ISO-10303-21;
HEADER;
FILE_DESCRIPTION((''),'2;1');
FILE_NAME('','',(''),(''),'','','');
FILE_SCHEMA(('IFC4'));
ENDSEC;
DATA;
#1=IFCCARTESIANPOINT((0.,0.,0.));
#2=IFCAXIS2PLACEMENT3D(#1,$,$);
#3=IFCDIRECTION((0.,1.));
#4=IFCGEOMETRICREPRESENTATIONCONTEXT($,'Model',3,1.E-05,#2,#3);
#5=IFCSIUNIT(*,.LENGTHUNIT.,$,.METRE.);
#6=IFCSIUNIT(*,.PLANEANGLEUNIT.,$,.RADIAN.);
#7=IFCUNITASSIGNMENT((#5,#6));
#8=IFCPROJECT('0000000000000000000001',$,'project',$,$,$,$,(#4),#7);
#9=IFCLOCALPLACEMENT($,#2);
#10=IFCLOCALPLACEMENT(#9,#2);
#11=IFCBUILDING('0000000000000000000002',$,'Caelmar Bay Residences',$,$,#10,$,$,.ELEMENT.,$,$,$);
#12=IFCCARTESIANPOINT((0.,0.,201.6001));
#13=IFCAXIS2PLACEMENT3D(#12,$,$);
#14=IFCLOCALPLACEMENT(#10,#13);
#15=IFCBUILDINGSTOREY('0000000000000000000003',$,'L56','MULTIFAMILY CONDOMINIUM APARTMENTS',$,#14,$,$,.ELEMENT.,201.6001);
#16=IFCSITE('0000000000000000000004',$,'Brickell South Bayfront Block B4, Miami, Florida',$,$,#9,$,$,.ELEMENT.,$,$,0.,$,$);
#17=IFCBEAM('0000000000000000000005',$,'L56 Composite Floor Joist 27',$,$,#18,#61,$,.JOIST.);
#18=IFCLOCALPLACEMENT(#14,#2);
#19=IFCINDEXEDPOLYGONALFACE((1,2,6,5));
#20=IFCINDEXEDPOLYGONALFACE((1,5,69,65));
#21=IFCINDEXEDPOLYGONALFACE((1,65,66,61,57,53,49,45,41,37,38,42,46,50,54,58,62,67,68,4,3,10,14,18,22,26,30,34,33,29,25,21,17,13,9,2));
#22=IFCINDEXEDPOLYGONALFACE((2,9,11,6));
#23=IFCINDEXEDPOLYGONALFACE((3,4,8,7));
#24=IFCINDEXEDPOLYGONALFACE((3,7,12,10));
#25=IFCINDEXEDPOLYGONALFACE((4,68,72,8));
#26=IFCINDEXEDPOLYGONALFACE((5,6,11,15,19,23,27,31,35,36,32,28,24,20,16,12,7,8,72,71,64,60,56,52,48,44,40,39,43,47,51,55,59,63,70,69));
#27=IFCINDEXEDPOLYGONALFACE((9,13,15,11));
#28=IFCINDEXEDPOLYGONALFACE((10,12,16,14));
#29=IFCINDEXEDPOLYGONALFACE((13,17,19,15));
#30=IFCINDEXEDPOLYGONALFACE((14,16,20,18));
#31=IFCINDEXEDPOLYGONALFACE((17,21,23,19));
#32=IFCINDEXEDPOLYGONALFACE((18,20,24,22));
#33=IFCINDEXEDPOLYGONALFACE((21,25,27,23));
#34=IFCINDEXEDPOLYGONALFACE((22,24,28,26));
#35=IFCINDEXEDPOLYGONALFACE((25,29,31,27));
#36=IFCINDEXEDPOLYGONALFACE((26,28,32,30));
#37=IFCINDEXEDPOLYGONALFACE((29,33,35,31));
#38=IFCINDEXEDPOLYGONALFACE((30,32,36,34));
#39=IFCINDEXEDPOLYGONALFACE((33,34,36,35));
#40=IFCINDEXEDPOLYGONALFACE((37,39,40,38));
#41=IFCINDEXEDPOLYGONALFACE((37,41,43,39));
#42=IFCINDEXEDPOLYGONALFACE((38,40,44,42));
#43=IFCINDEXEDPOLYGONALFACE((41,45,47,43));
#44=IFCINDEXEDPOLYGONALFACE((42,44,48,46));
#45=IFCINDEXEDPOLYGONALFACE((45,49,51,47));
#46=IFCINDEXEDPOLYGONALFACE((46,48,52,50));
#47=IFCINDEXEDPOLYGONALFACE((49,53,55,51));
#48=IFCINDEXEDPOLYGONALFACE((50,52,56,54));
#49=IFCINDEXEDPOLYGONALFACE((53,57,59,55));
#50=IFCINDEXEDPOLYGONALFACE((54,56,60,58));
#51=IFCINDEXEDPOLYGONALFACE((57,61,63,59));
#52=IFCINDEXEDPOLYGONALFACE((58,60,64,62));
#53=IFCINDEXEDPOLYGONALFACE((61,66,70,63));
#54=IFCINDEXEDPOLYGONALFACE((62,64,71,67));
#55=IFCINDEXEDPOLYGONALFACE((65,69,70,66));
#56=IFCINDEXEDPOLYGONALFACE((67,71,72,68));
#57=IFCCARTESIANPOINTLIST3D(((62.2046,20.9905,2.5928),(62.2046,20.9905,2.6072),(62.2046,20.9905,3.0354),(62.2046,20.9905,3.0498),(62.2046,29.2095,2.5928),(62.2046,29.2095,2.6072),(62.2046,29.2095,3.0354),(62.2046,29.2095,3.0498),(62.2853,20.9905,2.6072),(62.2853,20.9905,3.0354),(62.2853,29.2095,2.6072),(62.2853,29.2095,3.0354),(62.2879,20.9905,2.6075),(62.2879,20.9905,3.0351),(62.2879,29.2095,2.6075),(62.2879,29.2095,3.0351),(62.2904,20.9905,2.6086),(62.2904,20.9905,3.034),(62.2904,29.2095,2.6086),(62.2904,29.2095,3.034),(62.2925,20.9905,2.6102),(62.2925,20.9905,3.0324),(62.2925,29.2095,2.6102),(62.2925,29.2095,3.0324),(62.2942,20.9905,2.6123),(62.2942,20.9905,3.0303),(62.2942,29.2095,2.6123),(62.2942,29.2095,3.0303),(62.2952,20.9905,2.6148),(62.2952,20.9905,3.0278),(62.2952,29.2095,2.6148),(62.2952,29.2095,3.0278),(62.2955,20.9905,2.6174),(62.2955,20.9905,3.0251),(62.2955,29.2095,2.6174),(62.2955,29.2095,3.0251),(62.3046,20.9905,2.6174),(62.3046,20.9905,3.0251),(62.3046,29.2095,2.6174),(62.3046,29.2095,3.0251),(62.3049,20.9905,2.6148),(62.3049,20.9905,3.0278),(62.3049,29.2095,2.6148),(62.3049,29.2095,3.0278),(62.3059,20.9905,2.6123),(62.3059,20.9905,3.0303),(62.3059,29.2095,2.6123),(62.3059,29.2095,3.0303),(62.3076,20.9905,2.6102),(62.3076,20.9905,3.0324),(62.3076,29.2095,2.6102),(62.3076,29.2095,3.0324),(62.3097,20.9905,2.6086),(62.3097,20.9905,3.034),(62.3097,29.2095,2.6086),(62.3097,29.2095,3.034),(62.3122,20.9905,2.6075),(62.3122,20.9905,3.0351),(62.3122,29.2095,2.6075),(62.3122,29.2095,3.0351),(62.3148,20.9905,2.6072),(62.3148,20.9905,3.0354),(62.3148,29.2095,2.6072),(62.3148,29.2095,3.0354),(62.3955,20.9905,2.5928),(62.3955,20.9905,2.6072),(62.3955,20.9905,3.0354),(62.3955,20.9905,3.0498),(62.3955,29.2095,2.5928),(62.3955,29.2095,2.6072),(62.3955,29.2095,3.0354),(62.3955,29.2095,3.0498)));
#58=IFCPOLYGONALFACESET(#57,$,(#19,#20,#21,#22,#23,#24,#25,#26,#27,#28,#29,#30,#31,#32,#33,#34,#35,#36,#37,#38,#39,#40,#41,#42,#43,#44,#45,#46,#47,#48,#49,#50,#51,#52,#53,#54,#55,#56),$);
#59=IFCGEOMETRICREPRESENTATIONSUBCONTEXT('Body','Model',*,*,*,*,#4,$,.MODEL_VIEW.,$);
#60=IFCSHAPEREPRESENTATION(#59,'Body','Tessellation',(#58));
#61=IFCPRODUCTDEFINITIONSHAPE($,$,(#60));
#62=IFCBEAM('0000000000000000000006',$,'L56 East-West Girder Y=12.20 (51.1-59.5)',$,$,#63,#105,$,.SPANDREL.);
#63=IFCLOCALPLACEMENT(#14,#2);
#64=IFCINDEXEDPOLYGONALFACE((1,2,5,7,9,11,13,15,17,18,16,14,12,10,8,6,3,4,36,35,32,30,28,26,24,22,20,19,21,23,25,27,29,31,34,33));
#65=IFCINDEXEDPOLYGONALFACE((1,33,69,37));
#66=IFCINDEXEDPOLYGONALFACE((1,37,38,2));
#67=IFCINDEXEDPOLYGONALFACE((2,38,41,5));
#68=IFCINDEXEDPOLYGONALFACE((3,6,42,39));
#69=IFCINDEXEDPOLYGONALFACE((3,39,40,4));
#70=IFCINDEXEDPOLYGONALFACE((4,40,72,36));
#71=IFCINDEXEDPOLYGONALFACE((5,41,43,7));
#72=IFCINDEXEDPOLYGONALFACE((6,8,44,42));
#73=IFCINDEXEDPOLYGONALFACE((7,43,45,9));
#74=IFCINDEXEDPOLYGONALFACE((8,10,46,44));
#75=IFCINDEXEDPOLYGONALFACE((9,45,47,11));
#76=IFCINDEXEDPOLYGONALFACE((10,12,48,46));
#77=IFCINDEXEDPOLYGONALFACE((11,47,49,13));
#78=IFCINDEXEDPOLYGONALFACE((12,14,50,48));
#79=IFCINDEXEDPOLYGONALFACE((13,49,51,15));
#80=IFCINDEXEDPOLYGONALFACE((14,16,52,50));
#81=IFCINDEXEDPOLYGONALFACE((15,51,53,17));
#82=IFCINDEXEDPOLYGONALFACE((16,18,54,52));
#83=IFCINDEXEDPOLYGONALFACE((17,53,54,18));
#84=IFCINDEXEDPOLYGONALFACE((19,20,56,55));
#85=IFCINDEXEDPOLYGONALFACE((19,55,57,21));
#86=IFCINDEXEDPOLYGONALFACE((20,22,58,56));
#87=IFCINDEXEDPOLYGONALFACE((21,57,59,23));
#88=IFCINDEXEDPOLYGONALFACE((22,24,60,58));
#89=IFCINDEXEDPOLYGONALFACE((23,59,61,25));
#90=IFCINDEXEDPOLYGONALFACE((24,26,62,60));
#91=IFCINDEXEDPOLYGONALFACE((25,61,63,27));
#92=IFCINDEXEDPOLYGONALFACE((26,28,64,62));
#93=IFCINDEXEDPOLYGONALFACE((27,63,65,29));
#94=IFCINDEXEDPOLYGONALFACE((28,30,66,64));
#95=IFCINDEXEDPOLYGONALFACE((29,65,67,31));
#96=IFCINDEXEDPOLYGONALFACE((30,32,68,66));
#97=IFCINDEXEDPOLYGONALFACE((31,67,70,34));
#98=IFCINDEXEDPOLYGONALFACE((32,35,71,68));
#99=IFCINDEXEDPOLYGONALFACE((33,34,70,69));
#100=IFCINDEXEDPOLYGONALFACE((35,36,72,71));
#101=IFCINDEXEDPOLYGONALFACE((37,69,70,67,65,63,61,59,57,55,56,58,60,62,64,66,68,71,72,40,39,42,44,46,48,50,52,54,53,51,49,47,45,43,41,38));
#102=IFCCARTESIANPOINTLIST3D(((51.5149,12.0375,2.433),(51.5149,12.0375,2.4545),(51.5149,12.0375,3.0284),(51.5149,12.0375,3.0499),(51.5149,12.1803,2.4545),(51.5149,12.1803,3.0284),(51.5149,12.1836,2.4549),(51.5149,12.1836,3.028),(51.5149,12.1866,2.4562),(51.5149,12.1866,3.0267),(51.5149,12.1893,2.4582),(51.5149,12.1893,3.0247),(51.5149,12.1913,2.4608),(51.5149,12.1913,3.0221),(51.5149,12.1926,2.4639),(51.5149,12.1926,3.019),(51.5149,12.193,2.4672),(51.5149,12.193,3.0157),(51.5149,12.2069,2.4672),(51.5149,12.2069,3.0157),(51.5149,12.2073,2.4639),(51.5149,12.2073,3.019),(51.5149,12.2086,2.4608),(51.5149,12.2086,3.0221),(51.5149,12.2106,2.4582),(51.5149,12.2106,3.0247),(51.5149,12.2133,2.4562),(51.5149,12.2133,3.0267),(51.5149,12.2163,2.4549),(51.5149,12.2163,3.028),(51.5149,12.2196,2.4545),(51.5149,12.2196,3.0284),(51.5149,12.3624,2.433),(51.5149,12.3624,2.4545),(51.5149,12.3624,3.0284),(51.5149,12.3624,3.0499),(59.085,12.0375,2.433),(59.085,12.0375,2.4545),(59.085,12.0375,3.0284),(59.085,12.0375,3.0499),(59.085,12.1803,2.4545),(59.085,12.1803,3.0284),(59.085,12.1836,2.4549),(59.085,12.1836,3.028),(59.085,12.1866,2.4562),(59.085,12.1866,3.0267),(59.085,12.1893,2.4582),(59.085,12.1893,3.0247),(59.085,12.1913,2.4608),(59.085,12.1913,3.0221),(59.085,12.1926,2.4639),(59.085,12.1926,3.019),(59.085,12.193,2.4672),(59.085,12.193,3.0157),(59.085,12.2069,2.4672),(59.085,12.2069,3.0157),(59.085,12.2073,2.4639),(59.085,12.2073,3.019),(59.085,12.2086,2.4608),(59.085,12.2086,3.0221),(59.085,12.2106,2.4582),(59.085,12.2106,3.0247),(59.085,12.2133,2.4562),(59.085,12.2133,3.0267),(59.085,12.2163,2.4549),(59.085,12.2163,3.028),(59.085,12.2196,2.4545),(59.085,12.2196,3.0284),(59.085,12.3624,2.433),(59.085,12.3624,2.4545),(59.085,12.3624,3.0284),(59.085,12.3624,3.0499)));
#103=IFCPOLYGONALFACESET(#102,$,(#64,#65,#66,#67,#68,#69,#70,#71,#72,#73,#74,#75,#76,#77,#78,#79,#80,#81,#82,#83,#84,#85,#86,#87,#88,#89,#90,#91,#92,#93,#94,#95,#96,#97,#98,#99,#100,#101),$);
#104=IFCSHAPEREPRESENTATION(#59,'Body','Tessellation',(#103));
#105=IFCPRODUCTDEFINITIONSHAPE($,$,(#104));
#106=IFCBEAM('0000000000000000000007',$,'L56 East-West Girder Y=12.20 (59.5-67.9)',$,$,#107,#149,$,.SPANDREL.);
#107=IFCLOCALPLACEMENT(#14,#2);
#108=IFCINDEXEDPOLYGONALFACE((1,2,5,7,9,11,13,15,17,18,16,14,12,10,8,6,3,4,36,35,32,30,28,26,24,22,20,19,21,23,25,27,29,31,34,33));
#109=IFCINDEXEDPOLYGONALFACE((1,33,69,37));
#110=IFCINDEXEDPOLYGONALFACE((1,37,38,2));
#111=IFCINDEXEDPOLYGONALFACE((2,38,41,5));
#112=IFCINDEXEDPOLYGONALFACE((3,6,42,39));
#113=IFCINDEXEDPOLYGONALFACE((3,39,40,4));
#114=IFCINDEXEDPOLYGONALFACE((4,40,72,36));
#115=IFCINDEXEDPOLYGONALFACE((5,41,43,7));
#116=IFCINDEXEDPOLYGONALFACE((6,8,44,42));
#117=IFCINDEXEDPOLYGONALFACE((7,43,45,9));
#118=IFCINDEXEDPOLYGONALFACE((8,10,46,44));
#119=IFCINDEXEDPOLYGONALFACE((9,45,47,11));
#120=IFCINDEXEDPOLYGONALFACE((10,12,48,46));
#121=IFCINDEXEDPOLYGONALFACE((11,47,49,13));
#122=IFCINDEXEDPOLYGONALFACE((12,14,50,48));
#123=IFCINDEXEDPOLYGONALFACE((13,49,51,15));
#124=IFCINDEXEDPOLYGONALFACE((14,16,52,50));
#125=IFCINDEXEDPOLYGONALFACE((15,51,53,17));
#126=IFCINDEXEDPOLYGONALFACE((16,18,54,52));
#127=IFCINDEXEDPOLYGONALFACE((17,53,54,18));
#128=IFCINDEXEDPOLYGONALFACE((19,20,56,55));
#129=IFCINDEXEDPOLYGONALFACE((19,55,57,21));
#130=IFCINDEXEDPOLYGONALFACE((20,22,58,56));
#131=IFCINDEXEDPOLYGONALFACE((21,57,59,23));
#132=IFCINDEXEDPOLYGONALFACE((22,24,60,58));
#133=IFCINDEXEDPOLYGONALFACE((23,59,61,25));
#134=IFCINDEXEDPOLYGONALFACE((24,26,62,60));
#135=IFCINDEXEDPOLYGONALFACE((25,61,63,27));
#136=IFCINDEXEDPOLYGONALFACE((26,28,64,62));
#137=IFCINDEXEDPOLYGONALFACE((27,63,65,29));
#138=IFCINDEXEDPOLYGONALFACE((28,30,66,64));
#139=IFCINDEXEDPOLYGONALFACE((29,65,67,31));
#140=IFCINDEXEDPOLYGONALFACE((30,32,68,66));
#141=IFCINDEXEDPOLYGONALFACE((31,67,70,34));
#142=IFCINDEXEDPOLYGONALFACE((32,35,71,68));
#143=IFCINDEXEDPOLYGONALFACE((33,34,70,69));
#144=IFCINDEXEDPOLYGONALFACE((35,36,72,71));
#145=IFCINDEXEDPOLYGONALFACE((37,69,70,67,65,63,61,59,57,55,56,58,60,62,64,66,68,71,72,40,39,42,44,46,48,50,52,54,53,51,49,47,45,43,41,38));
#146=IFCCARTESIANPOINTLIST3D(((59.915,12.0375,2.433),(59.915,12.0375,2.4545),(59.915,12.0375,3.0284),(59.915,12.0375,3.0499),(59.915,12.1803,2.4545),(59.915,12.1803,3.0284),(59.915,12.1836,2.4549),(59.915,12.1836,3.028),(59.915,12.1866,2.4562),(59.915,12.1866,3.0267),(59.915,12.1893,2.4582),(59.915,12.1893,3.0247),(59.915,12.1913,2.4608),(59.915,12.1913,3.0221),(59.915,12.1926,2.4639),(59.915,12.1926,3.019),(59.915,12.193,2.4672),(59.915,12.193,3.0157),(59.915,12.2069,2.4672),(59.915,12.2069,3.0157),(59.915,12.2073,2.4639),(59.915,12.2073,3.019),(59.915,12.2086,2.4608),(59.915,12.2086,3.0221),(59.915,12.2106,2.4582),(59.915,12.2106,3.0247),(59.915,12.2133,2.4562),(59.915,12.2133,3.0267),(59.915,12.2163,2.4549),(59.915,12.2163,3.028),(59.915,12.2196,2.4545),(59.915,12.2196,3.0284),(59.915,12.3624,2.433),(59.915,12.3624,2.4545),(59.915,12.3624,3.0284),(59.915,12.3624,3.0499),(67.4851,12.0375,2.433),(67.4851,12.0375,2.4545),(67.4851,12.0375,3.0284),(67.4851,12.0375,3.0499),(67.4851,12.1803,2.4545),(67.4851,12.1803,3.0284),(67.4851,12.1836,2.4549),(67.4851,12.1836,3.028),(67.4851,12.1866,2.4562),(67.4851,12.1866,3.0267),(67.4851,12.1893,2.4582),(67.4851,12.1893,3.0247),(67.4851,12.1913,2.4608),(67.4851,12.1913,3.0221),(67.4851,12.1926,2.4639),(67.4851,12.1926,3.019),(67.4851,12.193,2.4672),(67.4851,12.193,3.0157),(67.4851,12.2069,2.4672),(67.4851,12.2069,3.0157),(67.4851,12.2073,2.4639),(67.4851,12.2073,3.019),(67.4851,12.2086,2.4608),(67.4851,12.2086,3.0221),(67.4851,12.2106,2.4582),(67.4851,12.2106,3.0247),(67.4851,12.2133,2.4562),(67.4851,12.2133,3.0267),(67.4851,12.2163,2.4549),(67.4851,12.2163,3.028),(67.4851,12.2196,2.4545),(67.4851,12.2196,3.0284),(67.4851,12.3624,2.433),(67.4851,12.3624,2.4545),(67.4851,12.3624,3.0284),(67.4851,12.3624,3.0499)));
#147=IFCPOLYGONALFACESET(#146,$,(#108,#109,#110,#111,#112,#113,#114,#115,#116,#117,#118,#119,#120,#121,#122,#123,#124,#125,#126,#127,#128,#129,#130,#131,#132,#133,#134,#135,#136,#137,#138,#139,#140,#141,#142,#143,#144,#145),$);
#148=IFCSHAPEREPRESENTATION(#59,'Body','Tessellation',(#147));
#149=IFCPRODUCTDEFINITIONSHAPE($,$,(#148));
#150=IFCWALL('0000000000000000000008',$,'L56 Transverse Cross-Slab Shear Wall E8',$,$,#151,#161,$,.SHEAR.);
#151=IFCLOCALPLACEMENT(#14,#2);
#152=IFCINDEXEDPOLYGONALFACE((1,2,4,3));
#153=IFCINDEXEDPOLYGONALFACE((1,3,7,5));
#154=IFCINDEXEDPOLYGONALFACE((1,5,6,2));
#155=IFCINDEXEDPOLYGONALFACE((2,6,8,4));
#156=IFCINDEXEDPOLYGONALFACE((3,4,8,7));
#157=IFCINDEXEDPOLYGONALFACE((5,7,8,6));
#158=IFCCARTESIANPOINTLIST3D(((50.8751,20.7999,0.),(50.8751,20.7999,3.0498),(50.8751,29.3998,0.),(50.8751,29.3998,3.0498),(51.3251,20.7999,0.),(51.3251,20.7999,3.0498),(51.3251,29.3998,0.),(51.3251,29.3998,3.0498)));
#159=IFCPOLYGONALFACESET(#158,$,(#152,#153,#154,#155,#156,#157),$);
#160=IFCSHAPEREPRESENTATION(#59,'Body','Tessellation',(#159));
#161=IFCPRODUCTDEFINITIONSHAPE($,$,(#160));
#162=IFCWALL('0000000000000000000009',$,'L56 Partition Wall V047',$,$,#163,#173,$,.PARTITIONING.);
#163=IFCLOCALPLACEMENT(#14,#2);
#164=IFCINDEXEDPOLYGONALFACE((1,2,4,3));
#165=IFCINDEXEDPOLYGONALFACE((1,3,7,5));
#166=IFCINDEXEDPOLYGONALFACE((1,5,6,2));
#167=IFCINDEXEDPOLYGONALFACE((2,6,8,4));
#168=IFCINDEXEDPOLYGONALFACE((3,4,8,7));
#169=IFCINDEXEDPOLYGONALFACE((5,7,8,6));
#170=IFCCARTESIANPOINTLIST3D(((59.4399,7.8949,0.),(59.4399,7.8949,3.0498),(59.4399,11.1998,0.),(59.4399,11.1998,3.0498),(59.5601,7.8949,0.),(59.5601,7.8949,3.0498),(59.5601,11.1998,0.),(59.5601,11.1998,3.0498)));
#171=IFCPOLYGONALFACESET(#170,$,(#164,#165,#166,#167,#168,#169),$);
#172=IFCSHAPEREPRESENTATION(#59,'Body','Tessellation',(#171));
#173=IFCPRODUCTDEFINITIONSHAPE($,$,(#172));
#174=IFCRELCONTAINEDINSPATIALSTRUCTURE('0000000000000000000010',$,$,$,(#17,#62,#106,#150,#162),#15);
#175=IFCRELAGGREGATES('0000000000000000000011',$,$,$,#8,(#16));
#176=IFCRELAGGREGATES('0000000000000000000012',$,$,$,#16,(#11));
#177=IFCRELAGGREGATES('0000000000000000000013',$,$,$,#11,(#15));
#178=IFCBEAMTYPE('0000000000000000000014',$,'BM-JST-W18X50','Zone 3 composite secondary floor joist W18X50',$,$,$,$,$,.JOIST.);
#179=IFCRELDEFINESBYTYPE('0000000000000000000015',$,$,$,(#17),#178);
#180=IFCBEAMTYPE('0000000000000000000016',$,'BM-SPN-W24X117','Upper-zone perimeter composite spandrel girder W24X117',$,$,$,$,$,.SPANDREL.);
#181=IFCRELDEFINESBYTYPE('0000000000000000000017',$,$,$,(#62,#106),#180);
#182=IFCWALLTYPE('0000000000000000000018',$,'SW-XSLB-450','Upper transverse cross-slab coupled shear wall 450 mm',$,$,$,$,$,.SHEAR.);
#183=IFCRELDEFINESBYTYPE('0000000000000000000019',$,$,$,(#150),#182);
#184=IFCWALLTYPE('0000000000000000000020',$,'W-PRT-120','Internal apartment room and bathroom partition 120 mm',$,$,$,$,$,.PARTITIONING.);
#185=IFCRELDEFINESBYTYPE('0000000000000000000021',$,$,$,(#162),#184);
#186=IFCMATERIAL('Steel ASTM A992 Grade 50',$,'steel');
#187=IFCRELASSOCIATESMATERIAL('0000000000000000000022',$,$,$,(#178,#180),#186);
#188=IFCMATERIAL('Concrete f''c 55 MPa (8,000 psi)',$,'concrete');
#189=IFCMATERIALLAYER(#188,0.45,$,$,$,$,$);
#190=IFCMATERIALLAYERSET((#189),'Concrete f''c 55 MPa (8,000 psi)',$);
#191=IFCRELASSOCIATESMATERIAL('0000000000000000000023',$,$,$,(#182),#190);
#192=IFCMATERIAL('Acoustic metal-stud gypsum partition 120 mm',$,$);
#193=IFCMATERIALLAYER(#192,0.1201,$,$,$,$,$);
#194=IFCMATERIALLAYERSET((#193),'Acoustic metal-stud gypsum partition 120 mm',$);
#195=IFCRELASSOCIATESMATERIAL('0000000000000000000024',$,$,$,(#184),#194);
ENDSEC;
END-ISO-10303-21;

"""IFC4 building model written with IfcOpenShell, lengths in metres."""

from ifc_helpers import new_model, si_unit, direction, frame, frame_2d, origin, origin_2d, place, context, subcontext, project, spatial, rectangle, i_section, extrude, material, layer, layer_set, material_profile, profile_set, type_object, element, save


model = new_model("IFC4")

# Units and contexts
model_context = context("Model", 3, precision=1e-05, world=origin(), true_north=direction((0.0, 1.0)))
body_context = subcontext(model_context, "Body", "Model", "MODEL_VIEW")
ifc_project = project(units=[si_unit("LENGTHUNIT", "METRE"), si_unit("PLANEANGLEUNIT", "RADIAN")], contexts=[model_context])

# Site, building, storey
site_placement = place(None, origin())
site = spatial("IfcSite", under=ifc_project, at=site_placement, Name="Brickell South Bayfront Block B4, Miami, Florida", CompositionType="ELEMENT", RefElevation=0.0)
building_placement = place(site_placement, origin())
building = spatial("IfcBuilding", under=site, at=building_placement, Name="Caelmar Bay Residences", CompositionType="ELEMENT")
storey_placement = place(building_placement, frame((0.0, 0.0, 201.6001)))
storey = spatial("IfcBuildingStorey", under=building, at=storey_placement, Name="L56", Description="MULTIFAMILY CONDOMINIUM APARTMENTS", CompositionType="ELEMENT", Elevation=201.6001)

# Shared definitions
ifc_material_1 = material(Name="Concrete f'c 55 MPa (8,000 psi)", Category="concrete")

# Beams
ifc_material_2 = material(Name="Steel ASTM A992 Grade 50", Category="steel")
ifc_material_profile_1 = material_profile(ifc_material_2, i_section(OverallWidth=0.1909, OverallDepth=0.457, WebThickness=0.009, FlangeThickness=0.0144, FilletRadius=0.0103, at=origin_2d()), Name="W18X50")
ifc_profile_set_1 = profile_set([ifc_material_profile_1], Name="Steel ASTM A992 Grade 50")
beam_type_1 = type_object("IfcBeamType", Name="BM-JST-W18X50", Description="Zone 3 composite secondary floor joist W18X50", PredefinedType="JOIST", material=ifc_profile_set_1)
for number, where, z_axis, x_axis, name in (
    (1, (62.3, 20.9905, 2.8213), (0.0, 1.0, 0.0), (-1.0, 0.0, 0.0), "L56 Composite Floor Joist 27"),
):
    element("IfcBeam", number, at=place(storey_placement, frame(where, z_axis=z_axis, x_axis=x_axis)), inside=storey, type_object=beam_type_1, Name=name, PredefinedType="JOIST", context=body_context, shape_type="SweptSolid", body=[
        extrude(i_section(OverallWidth=0.1909, OverallDepth=0.457, WebThickness=0.009, FlangeThickness=0.0144, FilletRadius=0.0103, at=origin_2d()), origin(), (0.0, 0.0, 1.0), 8.219),
    ])
ifc_material_profile_2 = material_profile(ifc_material_2, i_section(OverallWidth=0.325, OverallDepth=0.6169, WebThickness=0.0139, FlangeThickness=0.0215, FilletRadius=0.0127, at=origin_2d()), Name="W24X117")
ifc_profile_set_2 = profile_set([ifc_material_profile_2], Name="Steel ASTM A992 Grade 50")
beam_type_2 = type_object("IfcBeamType", Name="BM-SPN-W24X117", Description="Upper-zone perimeter composite spandrel girder W24X117", PredefinedType="SPANDREL", material=ifc_profile_set_2)
for number, where, z_axis, x_axis, name in (
    (2, (51.5149, 12.2, 2.7415), (1.0, 0.0, 0.0), (0.0, 1.0, 0.0), "L56 East-West Girder Y=12.20 (51.1-59.5)"),
    (3, (59.915, 12.2, 2.7415), (1.0, 0.0, 0.0), (0.0, 1.0, 0.0), "L56 East-West Girder Y=12.20 (59.5-67.9)"),
):
    element("IfcBeam", number, at=place(storey_placement, frame(where, z_axis=z_axis, x_axis=x_axis)), inside=storey, type_object=beam_type_2, Name=name, PredefinedType="SPANDREL", context=body_context, shape_type="SweptSolid", body=[
        extrude(i_section(OverallWidth=0.325, OverallDepth=0.6169, WebThickness=0.0139, FlangeThickness=0.0215, FilletRadius=0.0127, at=origin_2d()), origin(), (0.0, 0.0, 1.0), 7.5701),
    ])

# Walls
ifc_layer_1 = layer(ifc_material_1, 0.45)
ifc_layer_set_1 = layer_set([ifc_layer_1], Name="Concrete f'c 55 MPa (8,000 psi)")
wall_type_1 = type_object("IfcWallType", Name="SW-XSLB-450", Description="Upper transverse cross-slab coupled shear wall 450 mm", PredefinedType="SHEAR", material=ifc_layer_set_1)
wall_1_placement = place(storey_placement, frame((51.1001, 20.8, 0.0), z_axis=(0.0, 0.0, 1.0), x_axis=(0.0, 1.0, 0.0)))
element("IfcWall", 4, at=wall_1_placement, inside=storey, type_object=wall_type_1, Name="L56 Transverse Cross-Slab Shear Wall E8", PredefinedType="SHEAR", context=body_context, shape_type="SweptSolid", body=[
    extrude(rectangle(XDim=8.5999, YDim=0.45, at=frame_2d((4.2998, 0.0))), origin(), (0.0, 0.0, 1.0), 3.0498),
])
ifc_material_3 = material(Name="Acoustic metal-stud gypsum partition 120 mm")
ifc_layer_2 = layer(ifc_material_3, 0.1201)
ifc_layer_set_2 = layer_set([ifc_layer_2], Name="Acoustic metal-stud gypsum partition 120 mm")
wall_type_2 = type_object("IfcWallType", Name="W-PRT-120", Description="Internal apartment room and bathroom partition 120 mm", PredefinedType="PARTITIONING", material=ifc_layer_set_2)
wall_2_placement = place(storey_placement, frame((59.5, 7.895, 0.0), z_axis=(0.0, 0.0, 1.0), x_axis=(0.0, 1.0, 0.0)))
element("IfcWall", 5, at=wall_2_placement, inside=storey, type_object=wall_type_2, Name="L56 Partition Wall V047", PredefinedType="PARTITIONING", context=body_context, shape_type="SweptSolid", body=[
    extrude(rectangle(XDim=3.3049, YDim=0.1201, at=frame_2d((1.6523, 0.0))), origin(), (0.0, 0.0, 1.0), 3.0498),
])

save(model, "model.ifc")
